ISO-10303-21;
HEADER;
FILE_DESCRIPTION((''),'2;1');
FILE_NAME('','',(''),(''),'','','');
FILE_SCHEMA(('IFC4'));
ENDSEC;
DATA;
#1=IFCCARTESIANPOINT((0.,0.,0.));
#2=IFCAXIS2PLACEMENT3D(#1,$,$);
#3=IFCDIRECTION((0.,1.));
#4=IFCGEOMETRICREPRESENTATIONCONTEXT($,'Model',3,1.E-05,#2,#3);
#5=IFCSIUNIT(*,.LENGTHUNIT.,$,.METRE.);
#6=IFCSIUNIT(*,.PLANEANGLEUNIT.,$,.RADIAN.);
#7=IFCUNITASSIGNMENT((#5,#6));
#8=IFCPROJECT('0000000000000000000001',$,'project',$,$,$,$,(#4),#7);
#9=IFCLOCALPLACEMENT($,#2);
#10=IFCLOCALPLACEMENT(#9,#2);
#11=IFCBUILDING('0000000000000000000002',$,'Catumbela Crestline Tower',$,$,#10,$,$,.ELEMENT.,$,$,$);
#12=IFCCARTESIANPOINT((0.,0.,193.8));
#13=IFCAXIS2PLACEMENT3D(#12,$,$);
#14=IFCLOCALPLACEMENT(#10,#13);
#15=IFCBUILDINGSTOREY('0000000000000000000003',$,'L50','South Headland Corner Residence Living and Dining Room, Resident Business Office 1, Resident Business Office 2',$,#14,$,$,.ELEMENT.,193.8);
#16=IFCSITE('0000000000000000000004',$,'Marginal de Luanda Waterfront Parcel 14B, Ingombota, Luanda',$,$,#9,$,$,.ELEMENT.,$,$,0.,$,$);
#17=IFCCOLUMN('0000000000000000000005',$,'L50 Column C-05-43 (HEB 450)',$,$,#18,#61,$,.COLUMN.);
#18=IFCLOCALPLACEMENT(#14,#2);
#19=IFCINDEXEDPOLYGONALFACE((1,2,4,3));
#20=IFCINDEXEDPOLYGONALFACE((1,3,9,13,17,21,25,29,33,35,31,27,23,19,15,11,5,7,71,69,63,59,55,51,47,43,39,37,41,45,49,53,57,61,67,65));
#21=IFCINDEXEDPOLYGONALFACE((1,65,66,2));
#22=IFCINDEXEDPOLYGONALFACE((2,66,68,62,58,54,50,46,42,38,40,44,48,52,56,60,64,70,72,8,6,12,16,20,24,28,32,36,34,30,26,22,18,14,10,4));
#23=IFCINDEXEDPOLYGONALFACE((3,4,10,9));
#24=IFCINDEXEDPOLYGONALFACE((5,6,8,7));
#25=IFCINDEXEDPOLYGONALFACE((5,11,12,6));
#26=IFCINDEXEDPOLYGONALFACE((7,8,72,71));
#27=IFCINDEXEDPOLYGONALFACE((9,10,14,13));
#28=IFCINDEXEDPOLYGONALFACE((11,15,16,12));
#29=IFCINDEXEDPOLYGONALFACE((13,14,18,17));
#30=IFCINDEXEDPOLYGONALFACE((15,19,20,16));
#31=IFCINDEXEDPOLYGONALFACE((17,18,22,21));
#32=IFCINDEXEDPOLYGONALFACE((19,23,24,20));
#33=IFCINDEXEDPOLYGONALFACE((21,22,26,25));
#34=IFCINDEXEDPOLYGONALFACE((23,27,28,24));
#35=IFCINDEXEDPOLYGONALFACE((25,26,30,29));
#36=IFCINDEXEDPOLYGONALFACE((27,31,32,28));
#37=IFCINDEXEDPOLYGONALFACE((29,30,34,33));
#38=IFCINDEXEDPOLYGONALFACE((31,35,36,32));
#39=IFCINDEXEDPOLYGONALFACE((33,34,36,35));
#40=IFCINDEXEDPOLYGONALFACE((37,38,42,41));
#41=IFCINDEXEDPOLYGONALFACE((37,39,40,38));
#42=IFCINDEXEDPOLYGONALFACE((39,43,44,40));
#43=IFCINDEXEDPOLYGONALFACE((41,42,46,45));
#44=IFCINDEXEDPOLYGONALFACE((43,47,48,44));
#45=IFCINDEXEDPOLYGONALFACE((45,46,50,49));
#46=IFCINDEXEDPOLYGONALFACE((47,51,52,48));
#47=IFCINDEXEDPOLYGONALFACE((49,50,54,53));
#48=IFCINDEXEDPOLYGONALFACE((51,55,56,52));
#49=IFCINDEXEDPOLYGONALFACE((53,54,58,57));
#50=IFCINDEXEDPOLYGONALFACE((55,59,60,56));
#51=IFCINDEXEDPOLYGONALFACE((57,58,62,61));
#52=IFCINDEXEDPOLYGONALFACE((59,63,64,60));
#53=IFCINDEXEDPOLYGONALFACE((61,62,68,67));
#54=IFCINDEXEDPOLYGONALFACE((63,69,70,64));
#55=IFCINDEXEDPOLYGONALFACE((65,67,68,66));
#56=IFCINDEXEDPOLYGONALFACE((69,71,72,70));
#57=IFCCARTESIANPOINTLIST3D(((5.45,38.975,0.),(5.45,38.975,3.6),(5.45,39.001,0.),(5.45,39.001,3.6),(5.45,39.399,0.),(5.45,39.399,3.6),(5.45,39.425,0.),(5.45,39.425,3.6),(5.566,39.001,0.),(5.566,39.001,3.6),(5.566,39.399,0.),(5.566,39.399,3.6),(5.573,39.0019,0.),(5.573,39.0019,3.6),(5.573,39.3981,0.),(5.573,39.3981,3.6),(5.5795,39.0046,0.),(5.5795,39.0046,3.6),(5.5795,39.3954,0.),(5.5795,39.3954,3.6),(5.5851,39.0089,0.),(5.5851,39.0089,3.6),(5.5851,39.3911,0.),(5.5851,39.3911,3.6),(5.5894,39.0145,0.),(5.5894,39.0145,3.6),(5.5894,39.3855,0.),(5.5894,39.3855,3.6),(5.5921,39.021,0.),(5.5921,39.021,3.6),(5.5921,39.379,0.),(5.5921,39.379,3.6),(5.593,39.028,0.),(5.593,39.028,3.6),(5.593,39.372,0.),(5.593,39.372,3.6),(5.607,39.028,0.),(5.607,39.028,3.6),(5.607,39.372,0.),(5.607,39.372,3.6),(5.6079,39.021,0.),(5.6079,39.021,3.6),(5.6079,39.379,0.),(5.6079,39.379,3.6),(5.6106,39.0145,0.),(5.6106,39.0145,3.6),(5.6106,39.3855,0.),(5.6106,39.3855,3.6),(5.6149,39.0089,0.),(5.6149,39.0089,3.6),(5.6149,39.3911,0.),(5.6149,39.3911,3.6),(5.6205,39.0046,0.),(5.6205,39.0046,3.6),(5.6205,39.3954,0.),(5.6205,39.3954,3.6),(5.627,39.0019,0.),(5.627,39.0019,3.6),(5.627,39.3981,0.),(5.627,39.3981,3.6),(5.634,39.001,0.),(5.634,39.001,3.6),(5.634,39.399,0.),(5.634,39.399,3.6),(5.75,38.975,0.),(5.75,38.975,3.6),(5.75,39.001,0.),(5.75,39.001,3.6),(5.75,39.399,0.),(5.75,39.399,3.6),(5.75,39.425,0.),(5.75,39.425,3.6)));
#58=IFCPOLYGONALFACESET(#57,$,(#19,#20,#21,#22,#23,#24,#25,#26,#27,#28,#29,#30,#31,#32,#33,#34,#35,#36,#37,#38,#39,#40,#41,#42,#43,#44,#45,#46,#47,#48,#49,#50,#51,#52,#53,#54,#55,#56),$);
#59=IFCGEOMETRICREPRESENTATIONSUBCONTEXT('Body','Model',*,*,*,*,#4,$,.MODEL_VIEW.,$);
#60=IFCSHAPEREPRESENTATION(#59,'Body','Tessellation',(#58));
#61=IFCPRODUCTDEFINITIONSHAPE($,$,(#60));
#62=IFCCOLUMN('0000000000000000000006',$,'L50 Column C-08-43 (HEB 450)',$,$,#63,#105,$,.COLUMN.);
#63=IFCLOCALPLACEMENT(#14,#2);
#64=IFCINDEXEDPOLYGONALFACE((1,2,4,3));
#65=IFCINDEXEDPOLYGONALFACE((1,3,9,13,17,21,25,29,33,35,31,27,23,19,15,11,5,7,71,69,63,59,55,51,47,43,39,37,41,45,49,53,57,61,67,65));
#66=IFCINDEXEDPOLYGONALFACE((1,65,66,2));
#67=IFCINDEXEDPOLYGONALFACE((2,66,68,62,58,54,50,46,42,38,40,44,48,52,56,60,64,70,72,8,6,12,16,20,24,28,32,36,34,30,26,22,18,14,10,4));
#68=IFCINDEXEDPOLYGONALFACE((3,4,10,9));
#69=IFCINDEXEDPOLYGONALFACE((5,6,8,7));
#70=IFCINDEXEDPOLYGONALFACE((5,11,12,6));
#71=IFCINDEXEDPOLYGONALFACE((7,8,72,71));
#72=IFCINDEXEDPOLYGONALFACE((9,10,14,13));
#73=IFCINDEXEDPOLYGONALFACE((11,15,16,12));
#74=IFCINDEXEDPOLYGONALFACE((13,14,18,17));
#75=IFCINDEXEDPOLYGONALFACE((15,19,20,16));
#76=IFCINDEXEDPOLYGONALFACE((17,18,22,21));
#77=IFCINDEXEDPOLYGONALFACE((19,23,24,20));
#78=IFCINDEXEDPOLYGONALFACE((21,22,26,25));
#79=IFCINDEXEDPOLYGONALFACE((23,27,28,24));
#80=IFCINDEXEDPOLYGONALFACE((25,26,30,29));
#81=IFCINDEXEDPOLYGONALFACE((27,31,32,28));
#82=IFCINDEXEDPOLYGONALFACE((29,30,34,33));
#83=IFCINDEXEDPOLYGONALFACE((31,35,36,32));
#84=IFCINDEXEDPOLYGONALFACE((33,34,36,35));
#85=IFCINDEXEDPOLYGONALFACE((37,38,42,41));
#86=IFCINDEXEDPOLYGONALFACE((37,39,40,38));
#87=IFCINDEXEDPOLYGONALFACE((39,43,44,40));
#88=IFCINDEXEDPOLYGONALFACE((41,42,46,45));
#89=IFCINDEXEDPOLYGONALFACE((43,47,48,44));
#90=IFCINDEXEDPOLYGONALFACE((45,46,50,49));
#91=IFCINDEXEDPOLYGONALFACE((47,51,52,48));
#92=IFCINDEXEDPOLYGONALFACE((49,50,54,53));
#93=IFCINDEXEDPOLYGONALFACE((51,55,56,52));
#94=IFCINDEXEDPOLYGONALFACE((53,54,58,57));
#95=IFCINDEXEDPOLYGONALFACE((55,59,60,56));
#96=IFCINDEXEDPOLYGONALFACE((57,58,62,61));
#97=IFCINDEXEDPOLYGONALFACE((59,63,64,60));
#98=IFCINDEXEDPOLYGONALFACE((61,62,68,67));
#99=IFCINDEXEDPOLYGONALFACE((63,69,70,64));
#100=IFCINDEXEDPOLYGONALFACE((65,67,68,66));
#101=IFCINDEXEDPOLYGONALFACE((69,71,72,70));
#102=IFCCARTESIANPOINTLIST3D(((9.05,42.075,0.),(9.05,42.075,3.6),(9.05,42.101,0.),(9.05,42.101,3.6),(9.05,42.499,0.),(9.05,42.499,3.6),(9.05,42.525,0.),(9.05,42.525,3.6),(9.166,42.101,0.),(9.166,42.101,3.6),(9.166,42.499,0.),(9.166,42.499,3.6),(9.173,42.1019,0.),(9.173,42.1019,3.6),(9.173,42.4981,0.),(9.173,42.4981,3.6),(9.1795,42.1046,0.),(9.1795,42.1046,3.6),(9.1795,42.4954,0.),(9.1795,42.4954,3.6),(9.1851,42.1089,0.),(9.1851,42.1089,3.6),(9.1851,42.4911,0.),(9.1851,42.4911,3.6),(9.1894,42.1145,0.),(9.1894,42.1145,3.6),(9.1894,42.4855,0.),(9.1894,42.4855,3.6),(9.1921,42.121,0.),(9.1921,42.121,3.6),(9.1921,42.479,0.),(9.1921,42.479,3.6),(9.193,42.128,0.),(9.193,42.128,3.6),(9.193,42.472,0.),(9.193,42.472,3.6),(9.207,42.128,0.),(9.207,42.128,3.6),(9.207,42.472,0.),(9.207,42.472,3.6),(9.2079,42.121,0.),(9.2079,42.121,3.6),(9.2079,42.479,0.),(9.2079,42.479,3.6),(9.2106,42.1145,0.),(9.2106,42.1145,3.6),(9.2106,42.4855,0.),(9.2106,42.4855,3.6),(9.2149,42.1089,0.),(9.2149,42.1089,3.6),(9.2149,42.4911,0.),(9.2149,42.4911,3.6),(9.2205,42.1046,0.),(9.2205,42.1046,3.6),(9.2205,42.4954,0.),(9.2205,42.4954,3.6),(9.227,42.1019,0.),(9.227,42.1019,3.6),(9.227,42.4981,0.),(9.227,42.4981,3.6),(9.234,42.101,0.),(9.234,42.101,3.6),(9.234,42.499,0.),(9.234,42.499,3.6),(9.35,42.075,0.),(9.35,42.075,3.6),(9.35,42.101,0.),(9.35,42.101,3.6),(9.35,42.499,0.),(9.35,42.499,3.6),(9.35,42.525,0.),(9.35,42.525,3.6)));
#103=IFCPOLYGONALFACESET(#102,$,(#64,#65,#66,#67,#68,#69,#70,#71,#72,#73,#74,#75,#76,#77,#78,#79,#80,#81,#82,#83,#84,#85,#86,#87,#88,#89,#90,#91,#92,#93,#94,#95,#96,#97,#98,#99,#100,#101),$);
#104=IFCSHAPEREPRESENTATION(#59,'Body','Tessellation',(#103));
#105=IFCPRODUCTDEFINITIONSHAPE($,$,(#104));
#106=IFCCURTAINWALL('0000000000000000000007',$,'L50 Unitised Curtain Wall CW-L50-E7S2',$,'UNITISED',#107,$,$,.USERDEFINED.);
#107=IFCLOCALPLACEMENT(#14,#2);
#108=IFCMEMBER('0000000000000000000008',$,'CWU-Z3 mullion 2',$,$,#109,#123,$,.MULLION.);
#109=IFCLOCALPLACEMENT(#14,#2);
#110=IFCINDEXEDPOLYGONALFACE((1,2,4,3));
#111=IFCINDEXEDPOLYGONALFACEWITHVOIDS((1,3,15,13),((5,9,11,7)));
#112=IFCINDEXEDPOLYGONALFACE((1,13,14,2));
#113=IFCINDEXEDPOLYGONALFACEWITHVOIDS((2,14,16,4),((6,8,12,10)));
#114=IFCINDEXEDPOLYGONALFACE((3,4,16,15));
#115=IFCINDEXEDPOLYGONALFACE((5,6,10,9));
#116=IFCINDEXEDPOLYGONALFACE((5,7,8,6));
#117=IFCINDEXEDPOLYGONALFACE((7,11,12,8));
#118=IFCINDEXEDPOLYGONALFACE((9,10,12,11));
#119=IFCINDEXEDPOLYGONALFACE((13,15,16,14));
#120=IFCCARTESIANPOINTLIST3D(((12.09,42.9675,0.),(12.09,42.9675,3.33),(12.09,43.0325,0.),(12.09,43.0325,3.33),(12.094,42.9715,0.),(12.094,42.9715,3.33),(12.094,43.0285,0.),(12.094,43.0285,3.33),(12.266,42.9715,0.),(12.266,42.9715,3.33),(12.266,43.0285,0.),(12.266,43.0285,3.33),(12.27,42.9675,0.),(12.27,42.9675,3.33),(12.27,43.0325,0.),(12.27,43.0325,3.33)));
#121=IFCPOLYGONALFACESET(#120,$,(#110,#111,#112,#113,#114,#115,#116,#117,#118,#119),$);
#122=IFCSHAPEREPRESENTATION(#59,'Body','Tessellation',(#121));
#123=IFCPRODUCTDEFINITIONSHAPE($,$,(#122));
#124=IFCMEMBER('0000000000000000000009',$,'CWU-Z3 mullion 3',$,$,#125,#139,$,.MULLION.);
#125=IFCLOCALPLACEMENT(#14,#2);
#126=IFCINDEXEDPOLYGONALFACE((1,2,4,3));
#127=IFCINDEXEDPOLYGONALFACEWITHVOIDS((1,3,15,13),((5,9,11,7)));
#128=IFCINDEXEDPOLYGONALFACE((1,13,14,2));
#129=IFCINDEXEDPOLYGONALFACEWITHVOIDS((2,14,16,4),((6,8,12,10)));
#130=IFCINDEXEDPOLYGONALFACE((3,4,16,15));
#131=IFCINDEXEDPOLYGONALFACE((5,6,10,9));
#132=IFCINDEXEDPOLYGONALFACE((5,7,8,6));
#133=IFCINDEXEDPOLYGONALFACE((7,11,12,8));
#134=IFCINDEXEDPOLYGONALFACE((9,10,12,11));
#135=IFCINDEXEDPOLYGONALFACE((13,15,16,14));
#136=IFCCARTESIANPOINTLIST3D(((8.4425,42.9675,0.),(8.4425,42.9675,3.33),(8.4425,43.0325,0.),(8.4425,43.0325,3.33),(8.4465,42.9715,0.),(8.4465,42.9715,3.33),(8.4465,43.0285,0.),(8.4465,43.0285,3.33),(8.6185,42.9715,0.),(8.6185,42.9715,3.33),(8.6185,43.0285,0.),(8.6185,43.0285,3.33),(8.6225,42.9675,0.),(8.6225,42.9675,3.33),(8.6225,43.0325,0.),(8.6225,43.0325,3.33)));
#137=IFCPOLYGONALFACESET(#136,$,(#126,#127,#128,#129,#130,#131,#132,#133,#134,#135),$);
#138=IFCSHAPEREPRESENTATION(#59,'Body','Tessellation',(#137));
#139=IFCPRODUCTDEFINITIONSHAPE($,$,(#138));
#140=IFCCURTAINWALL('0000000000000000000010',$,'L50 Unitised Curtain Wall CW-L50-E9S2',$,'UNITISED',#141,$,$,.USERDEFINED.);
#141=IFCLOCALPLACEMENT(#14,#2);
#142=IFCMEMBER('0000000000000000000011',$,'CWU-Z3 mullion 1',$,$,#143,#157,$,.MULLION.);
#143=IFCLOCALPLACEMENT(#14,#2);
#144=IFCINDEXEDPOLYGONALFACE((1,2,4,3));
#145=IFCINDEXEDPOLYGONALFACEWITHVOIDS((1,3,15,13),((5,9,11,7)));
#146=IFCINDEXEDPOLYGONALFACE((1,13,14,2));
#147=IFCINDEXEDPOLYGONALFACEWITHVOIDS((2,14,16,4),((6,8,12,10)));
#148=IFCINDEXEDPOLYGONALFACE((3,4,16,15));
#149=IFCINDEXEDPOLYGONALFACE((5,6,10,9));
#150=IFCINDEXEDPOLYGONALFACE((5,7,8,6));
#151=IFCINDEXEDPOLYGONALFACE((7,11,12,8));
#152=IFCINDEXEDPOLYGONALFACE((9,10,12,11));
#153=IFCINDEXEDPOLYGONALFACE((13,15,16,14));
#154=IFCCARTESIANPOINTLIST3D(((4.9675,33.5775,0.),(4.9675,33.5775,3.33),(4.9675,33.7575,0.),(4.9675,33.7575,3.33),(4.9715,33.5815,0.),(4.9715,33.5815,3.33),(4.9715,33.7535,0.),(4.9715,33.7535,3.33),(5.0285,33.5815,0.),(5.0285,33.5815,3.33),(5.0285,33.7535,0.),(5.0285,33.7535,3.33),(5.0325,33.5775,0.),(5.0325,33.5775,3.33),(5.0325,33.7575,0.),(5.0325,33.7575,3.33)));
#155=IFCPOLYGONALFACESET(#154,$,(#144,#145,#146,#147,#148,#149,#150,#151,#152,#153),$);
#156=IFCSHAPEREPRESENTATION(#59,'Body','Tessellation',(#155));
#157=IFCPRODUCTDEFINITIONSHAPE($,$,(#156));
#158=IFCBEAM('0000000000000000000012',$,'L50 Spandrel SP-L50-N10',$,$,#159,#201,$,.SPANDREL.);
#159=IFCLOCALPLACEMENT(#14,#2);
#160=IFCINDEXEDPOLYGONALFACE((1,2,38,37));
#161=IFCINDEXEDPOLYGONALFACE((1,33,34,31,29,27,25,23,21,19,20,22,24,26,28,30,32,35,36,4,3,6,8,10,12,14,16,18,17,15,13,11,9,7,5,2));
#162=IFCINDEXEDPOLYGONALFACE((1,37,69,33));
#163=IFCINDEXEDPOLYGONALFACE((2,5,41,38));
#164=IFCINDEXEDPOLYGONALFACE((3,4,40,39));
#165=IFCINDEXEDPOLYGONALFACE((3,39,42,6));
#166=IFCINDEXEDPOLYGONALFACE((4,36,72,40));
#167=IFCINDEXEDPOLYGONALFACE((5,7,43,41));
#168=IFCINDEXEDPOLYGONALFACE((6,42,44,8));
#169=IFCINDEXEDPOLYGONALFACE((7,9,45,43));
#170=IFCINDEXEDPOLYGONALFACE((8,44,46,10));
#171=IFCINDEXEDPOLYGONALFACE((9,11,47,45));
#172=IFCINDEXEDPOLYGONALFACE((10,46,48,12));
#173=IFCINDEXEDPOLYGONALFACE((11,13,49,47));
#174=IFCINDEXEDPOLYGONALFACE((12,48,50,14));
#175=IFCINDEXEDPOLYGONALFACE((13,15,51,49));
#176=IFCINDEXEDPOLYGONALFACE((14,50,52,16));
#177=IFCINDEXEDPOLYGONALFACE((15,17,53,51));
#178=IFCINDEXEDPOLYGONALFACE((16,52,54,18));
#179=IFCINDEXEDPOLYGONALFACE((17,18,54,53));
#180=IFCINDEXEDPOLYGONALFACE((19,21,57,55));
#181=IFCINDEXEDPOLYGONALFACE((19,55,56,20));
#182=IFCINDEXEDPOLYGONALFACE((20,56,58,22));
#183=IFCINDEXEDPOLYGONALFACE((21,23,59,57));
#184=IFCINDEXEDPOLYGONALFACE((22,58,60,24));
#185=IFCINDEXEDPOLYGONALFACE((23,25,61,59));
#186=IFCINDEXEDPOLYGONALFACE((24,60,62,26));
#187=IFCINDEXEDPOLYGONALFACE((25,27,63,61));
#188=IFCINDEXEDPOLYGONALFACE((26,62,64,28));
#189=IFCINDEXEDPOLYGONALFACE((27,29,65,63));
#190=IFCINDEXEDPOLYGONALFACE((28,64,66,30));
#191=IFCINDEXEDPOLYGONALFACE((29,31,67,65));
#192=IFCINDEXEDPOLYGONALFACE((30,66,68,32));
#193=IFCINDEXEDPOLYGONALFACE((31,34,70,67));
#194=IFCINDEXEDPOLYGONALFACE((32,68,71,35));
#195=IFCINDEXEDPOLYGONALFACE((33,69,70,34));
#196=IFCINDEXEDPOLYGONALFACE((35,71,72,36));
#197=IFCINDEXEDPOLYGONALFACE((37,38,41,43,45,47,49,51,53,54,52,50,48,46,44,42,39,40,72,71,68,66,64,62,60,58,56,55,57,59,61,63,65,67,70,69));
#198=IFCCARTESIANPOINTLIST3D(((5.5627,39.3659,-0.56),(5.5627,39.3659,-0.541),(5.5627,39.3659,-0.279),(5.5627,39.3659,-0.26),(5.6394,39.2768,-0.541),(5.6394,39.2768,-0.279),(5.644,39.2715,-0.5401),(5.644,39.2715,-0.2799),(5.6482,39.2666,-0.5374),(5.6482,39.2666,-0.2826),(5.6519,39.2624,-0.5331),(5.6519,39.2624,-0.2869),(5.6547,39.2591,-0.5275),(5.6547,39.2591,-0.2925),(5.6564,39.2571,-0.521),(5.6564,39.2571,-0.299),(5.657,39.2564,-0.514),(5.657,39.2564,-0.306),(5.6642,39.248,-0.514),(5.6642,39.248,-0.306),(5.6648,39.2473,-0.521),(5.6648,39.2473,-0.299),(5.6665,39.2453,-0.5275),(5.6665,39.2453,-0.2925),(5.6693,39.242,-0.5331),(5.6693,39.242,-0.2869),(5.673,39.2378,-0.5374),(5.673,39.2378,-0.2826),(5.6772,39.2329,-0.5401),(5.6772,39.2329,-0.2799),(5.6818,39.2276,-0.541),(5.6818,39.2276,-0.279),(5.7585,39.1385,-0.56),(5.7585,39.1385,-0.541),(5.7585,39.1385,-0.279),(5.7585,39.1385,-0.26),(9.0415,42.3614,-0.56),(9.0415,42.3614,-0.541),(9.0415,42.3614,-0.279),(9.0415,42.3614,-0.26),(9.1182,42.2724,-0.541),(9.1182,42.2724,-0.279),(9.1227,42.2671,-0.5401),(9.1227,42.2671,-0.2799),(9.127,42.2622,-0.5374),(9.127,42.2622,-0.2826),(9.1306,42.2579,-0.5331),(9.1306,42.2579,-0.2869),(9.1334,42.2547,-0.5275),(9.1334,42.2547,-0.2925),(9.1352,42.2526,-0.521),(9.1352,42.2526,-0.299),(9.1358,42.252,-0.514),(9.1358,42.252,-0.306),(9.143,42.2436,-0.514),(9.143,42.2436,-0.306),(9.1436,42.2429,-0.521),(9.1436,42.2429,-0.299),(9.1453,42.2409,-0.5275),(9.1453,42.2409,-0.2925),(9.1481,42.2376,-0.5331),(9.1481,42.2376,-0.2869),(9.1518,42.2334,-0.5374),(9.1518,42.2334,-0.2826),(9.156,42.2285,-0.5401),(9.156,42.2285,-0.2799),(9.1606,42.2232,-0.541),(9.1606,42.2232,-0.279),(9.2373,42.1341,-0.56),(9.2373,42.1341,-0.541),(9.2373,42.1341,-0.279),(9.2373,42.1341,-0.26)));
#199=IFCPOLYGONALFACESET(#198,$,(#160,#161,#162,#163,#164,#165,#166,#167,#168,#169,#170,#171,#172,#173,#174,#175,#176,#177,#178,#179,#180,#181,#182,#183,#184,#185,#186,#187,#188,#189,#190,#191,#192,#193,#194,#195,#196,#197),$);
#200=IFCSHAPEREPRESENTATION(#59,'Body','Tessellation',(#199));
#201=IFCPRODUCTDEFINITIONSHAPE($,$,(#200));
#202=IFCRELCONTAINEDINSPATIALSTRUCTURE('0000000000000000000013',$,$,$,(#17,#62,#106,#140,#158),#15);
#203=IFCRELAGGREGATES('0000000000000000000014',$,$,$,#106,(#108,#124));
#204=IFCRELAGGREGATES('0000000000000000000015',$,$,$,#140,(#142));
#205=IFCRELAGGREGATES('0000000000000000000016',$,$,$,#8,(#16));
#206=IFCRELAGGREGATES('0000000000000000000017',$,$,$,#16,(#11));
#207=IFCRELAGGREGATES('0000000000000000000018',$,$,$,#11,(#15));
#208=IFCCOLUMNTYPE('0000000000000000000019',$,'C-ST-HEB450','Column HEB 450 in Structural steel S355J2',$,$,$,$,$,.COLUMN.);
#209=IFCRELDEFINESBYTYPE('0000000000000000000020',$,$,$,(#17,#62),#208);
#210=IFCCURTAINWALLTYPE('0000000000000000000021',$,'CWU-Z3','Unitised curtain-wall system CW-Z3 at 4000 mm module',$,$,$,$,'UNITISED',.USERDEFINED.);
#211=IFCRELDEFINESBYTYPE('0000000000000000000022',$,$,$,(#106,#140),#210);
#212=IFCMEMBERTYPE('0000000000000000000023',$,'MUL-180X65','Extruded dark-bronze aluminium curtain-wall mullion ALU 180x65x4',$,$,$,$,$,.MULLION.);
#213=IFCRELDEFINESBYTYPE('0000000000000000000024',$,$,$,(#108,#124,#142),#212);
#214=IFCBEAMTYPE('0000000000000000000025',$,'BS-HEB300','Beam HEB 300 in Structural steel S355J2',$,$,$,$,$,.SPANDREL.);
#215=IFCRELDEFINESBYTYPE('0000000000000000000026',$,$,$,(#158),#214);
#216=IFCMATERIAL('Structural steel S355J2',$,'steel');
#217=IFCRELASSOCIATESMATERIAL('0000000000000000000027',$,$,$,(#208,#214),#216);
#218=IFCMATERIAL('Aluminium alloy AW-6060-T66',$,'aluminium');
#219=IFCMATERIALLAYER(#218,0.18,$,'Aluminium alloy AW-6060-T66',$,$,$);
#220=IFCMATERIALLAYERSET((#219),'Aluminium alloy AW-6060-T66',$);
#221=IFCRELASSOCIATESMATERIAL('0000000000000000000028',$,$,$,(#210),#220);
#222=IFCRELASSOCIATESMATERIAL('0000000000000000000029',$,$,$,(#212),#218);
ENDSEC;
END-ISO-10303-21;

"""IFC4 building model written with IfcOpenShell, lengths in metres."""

from ifc_helpers import new_model, si_unit, direction, frame, origin, origin_2d, place, context, subcontext, project, spatial, hollow_rectangle, i_section, extrude, material, layer, layer_set, material_profile, profile_set, type_object, element, aggregate, save


model = new_model("IFC4")

# Units and contexts
model_context = context("Model", 3, precision=1e-05, world=origin(), true_north=direction((0.0, 1.0)))
body_context = subcontext(model_context, "Body", "Model", "MODEL_VIEW")
ifc_project = project(units=[si_unit("LENGTHUNIT", "METRE"), si_unit("PLANEANGLEUNIT", "RADIAN")], contexts=[model_context])

# Site, building, storey
site_placement = place(None, origin())
site = spatial("IfcSite", under=ifc_project, at=site_placement, Name="Marginal de Luanda Waterfront Parcel 14B, Ingombota, Luanda", CompositionType="ELEMENT", RefElevation=0.0)
building_placement = place(site_placement, origin())
building = spatial("IfcBuilding", under=site, at=building_placement, Name="Catumbela Crestline Tower", CompositionType="ELEMENT")
storey_placement = place(building_placement, frame((0.0, 0.0, 193.8)))
storey = spatial("IfcBuildingStorey", under=building, at=storey_placement, Name="L50", Description="South Headland Corner Residence Living and Dining Room, Resident Business Office 1, Resident Business Office 2", CompositionType="ELEMENT", Elevation=193.8)

# Columns
ifc_material_1 = material(Name="Structural steel S355J2", Category="steel")
ifc_material_profile_1 = material_profile(ifc_material_1, i_section(OverallWidth=0.3, OverallDepth=0.45, WebThickness=0.014, FlangeThickness=0.026, FilletRadius=0.027, at=origin_2d()), Name="HEB 450")
ifc_profile_set_1 = profile_set([ifc_material_profile_1], Name="Structural steel S355J2")
column_type = type_object("IfcColumnType", Name="C-ST-HEB450", Description="Column HEB 450 in Structural steel S355J2", PredefinedType="COLUMN", material=ifc_profile_set_1)
for number, where, z_axis, x_axis, name in (
    (1, (5.6, 39.2, 0.0), (0.0, 0.0, 1.0), (1.0, 0.0, 0.0), "L50 Column C-05-43 (HEB 450)"),
    (2, (9.2, 42.3, 0.0), (0.0, 0.0, 1.0), (1.0, 0.0, 0.0), "L50 Column C-08-43 (HEB 450)"),
):
    element("IfcColumn", number, at=place(storey_placement, frame(where, z_axis=z_axis, x_axis=x_axis)), inside=storey, type_object=column_type, Name=name, PredefinedType="COLUMN", context=body_context, shape_type="SweptSolid", body=[
        extrude(i_section(OverallWidth=0.3, OverallDepth=0.45, WebThickness=0.014, FlangeThickness=0.026, FilletRadius=0.027, at=origin_2d()), origin(), (0.0, 0.0, 1.0), 3.6),
    ])

# Curtain wall, members
ifc_material_2 = material(Name="Aluminium alloy AW-6060-T66", Category="aluminium")
ifc_layer_1 = layer(ifc_material_2, 0.18, Name="Aluminium alloy AW-6060-T66")
ifc_layer_set_1 = layer_set([ifc_layer_1], Name="Aluminium alloy AW-6060-T66")
curtain_wall_type = type_object("IfcCurtainWallType", Name="CWU-Z3", Description="Unitised curtain-wall system CW-Z3 at 4000 mm module", ElementType="UNITISED", PredefinedType="USERDEFINED", material=ifc_layer_set_1)
curtain_wall_1_placement = place(storey_placement, origin())
curtain_wall_1 = element("IfcCurtainWall", 3, at=curtain_wall_1_placement, inside=storey, type_object=curtain_wall_type, Name="L50 Unitised Curtain Wall CW-L50-E7S2", ObjectType="UNITISED", PredefinedType="USERDEFINED")
ifc_material_profile_2 = material_profile(ifc_material_2, hollow_rectangle(XDim=0.065, YDim=0.18, WallThickness=0.004, at=origin_2d()), Name="ALU 180x65x4")
ifc_profile_set_2 = profile_set([ifc_material_profile_2], Name="Aluminium alloy AW-6060-T66")
member_type_1 = type_object("IfcMemberType", Name="MUL-180X65", Description="Extruded dark-bronze aluminium curtain-wall mullion ALU 180x65x4", PredefinedType="MULLION", material=ifc_profile_set_2)
member_1_placement = place(storey_placement, frame((12.18, 43.0, 0.0), z_axis=(0.0, 0.0, 1.0), x_axis=(0.0, -1.0, 0.0)))
member_1 = element("IfcMember", 4, at=member_1_placement, type_object=member_type_1, Name="CWU-Z3 mullion 2", PredefinedType="MULLION", context=body_context, shape_type="SweptSolid", body=[
    extrude(hollow_rectangle(XDim=0.065, YDim=0.18, WallThickness=0.004, at=origin_2d()), origin(), (0.0, 0.0, 1.0), 3.33),
])
member_2_placement = place(storey_placement, frame((8.5325, 43.0, 0.0), z_axis=(0.0, 0.0, 1.0), x_axis=(0.0, -1.0, 0.0)))
member_2 = element("IfcMember", 5, at=member_2_placement, type_object=member_type_1, Name="CWU-Z3 mullion 3", PredefinedType="MULLION", context=body_context, shape_type="SweptSolid", body=[
    extrude(hollow_rectangle(XDim=0.065, YDim=0.18, WallThickness=0.004, at=origin_2d()), origin(), (0.0, 0.0, 1.0), 3.33),
])

# Curtain wall, member
curtain_wall_2_placement = place(storey_placement, origin())
curtain_wall_2 = element("IfcCurtainWall", 6, at=curtain_wall_2_placement, inside=storey, type_object=curtain_wall_type, Name="L50 Unitised Curtain Wall CW-L50-E9S2", ObjectType="UNITISED", PredefinedType="USERDEFINED")
member_3_placement = place(storey_placement, frame((5.0, 33.6675, 0.0), z_axis=(0.0, 0.0, 1.0), x_axis=(1.0, 0.0, 0.0)))
member_3 = element("IfcMember", 7, at=member_3_placement, type_object=member_type_1, Name="CWU-Z3 mullion 1", PredefinedType="MULLION", context=body_context, shape_type="SweptSolid", body=[
    extrude(hollow_rectangle(XDim=0.065, YDim=0.18, WallThickness=0.004, at=origin_2d()), origin(), (0.0, 0.0, 1.0), 3.33),
])

# Beam
ifc_material_profile_3 = material_profile(ifc_material_1, i_section(OverallWidth=0.3, OverallDepth=0.3, WebThickness=0.011, FlangeThickness=0.019, FilletRadius=0.027, at=origin_2d()), Name="HEB 300")
ifc_profile_set_3 = profile_set([ifc_material_profile_3], Name="Structural steel S355J2")
beam_type = type_object("IfcBeamType", Name="BS-HEB300", Description="Beam HEB 300 in Structural steel S355J2", PredefinedType="SPANDREL", material=ifc_profile_set_3)
beam_1_placement = place(storey_placement, frame((5.6606, 39.2522, -0.41), z_axis=(0.757772, 0.652519, 0.0), x_axis=(-0.652519, 0.757772, 0.0)))
element("IfcBeam", 8, at=beam_1_placement, inside=storey, type_object=beam_type, Name="L50 Spandrel SP-L50-N10", PredefinedType="SPANDREL", context=body_context, shape_type="SweptSolid", body=[
    extrude(i_section(OverallWidth=0.3, OverallDepth=0.3, WebThickness=0.011, FlangeThickness=0.019, FilletRadius=0.027, at=origin_2d()), origin(), (0.0, 0.0, 1.0), 4.5908),
])

aggregate(curtain_wall_1, [member_1, member_2])
aggregate(curtain_wall_2, [member_3])

save(model, "model.ifc")
